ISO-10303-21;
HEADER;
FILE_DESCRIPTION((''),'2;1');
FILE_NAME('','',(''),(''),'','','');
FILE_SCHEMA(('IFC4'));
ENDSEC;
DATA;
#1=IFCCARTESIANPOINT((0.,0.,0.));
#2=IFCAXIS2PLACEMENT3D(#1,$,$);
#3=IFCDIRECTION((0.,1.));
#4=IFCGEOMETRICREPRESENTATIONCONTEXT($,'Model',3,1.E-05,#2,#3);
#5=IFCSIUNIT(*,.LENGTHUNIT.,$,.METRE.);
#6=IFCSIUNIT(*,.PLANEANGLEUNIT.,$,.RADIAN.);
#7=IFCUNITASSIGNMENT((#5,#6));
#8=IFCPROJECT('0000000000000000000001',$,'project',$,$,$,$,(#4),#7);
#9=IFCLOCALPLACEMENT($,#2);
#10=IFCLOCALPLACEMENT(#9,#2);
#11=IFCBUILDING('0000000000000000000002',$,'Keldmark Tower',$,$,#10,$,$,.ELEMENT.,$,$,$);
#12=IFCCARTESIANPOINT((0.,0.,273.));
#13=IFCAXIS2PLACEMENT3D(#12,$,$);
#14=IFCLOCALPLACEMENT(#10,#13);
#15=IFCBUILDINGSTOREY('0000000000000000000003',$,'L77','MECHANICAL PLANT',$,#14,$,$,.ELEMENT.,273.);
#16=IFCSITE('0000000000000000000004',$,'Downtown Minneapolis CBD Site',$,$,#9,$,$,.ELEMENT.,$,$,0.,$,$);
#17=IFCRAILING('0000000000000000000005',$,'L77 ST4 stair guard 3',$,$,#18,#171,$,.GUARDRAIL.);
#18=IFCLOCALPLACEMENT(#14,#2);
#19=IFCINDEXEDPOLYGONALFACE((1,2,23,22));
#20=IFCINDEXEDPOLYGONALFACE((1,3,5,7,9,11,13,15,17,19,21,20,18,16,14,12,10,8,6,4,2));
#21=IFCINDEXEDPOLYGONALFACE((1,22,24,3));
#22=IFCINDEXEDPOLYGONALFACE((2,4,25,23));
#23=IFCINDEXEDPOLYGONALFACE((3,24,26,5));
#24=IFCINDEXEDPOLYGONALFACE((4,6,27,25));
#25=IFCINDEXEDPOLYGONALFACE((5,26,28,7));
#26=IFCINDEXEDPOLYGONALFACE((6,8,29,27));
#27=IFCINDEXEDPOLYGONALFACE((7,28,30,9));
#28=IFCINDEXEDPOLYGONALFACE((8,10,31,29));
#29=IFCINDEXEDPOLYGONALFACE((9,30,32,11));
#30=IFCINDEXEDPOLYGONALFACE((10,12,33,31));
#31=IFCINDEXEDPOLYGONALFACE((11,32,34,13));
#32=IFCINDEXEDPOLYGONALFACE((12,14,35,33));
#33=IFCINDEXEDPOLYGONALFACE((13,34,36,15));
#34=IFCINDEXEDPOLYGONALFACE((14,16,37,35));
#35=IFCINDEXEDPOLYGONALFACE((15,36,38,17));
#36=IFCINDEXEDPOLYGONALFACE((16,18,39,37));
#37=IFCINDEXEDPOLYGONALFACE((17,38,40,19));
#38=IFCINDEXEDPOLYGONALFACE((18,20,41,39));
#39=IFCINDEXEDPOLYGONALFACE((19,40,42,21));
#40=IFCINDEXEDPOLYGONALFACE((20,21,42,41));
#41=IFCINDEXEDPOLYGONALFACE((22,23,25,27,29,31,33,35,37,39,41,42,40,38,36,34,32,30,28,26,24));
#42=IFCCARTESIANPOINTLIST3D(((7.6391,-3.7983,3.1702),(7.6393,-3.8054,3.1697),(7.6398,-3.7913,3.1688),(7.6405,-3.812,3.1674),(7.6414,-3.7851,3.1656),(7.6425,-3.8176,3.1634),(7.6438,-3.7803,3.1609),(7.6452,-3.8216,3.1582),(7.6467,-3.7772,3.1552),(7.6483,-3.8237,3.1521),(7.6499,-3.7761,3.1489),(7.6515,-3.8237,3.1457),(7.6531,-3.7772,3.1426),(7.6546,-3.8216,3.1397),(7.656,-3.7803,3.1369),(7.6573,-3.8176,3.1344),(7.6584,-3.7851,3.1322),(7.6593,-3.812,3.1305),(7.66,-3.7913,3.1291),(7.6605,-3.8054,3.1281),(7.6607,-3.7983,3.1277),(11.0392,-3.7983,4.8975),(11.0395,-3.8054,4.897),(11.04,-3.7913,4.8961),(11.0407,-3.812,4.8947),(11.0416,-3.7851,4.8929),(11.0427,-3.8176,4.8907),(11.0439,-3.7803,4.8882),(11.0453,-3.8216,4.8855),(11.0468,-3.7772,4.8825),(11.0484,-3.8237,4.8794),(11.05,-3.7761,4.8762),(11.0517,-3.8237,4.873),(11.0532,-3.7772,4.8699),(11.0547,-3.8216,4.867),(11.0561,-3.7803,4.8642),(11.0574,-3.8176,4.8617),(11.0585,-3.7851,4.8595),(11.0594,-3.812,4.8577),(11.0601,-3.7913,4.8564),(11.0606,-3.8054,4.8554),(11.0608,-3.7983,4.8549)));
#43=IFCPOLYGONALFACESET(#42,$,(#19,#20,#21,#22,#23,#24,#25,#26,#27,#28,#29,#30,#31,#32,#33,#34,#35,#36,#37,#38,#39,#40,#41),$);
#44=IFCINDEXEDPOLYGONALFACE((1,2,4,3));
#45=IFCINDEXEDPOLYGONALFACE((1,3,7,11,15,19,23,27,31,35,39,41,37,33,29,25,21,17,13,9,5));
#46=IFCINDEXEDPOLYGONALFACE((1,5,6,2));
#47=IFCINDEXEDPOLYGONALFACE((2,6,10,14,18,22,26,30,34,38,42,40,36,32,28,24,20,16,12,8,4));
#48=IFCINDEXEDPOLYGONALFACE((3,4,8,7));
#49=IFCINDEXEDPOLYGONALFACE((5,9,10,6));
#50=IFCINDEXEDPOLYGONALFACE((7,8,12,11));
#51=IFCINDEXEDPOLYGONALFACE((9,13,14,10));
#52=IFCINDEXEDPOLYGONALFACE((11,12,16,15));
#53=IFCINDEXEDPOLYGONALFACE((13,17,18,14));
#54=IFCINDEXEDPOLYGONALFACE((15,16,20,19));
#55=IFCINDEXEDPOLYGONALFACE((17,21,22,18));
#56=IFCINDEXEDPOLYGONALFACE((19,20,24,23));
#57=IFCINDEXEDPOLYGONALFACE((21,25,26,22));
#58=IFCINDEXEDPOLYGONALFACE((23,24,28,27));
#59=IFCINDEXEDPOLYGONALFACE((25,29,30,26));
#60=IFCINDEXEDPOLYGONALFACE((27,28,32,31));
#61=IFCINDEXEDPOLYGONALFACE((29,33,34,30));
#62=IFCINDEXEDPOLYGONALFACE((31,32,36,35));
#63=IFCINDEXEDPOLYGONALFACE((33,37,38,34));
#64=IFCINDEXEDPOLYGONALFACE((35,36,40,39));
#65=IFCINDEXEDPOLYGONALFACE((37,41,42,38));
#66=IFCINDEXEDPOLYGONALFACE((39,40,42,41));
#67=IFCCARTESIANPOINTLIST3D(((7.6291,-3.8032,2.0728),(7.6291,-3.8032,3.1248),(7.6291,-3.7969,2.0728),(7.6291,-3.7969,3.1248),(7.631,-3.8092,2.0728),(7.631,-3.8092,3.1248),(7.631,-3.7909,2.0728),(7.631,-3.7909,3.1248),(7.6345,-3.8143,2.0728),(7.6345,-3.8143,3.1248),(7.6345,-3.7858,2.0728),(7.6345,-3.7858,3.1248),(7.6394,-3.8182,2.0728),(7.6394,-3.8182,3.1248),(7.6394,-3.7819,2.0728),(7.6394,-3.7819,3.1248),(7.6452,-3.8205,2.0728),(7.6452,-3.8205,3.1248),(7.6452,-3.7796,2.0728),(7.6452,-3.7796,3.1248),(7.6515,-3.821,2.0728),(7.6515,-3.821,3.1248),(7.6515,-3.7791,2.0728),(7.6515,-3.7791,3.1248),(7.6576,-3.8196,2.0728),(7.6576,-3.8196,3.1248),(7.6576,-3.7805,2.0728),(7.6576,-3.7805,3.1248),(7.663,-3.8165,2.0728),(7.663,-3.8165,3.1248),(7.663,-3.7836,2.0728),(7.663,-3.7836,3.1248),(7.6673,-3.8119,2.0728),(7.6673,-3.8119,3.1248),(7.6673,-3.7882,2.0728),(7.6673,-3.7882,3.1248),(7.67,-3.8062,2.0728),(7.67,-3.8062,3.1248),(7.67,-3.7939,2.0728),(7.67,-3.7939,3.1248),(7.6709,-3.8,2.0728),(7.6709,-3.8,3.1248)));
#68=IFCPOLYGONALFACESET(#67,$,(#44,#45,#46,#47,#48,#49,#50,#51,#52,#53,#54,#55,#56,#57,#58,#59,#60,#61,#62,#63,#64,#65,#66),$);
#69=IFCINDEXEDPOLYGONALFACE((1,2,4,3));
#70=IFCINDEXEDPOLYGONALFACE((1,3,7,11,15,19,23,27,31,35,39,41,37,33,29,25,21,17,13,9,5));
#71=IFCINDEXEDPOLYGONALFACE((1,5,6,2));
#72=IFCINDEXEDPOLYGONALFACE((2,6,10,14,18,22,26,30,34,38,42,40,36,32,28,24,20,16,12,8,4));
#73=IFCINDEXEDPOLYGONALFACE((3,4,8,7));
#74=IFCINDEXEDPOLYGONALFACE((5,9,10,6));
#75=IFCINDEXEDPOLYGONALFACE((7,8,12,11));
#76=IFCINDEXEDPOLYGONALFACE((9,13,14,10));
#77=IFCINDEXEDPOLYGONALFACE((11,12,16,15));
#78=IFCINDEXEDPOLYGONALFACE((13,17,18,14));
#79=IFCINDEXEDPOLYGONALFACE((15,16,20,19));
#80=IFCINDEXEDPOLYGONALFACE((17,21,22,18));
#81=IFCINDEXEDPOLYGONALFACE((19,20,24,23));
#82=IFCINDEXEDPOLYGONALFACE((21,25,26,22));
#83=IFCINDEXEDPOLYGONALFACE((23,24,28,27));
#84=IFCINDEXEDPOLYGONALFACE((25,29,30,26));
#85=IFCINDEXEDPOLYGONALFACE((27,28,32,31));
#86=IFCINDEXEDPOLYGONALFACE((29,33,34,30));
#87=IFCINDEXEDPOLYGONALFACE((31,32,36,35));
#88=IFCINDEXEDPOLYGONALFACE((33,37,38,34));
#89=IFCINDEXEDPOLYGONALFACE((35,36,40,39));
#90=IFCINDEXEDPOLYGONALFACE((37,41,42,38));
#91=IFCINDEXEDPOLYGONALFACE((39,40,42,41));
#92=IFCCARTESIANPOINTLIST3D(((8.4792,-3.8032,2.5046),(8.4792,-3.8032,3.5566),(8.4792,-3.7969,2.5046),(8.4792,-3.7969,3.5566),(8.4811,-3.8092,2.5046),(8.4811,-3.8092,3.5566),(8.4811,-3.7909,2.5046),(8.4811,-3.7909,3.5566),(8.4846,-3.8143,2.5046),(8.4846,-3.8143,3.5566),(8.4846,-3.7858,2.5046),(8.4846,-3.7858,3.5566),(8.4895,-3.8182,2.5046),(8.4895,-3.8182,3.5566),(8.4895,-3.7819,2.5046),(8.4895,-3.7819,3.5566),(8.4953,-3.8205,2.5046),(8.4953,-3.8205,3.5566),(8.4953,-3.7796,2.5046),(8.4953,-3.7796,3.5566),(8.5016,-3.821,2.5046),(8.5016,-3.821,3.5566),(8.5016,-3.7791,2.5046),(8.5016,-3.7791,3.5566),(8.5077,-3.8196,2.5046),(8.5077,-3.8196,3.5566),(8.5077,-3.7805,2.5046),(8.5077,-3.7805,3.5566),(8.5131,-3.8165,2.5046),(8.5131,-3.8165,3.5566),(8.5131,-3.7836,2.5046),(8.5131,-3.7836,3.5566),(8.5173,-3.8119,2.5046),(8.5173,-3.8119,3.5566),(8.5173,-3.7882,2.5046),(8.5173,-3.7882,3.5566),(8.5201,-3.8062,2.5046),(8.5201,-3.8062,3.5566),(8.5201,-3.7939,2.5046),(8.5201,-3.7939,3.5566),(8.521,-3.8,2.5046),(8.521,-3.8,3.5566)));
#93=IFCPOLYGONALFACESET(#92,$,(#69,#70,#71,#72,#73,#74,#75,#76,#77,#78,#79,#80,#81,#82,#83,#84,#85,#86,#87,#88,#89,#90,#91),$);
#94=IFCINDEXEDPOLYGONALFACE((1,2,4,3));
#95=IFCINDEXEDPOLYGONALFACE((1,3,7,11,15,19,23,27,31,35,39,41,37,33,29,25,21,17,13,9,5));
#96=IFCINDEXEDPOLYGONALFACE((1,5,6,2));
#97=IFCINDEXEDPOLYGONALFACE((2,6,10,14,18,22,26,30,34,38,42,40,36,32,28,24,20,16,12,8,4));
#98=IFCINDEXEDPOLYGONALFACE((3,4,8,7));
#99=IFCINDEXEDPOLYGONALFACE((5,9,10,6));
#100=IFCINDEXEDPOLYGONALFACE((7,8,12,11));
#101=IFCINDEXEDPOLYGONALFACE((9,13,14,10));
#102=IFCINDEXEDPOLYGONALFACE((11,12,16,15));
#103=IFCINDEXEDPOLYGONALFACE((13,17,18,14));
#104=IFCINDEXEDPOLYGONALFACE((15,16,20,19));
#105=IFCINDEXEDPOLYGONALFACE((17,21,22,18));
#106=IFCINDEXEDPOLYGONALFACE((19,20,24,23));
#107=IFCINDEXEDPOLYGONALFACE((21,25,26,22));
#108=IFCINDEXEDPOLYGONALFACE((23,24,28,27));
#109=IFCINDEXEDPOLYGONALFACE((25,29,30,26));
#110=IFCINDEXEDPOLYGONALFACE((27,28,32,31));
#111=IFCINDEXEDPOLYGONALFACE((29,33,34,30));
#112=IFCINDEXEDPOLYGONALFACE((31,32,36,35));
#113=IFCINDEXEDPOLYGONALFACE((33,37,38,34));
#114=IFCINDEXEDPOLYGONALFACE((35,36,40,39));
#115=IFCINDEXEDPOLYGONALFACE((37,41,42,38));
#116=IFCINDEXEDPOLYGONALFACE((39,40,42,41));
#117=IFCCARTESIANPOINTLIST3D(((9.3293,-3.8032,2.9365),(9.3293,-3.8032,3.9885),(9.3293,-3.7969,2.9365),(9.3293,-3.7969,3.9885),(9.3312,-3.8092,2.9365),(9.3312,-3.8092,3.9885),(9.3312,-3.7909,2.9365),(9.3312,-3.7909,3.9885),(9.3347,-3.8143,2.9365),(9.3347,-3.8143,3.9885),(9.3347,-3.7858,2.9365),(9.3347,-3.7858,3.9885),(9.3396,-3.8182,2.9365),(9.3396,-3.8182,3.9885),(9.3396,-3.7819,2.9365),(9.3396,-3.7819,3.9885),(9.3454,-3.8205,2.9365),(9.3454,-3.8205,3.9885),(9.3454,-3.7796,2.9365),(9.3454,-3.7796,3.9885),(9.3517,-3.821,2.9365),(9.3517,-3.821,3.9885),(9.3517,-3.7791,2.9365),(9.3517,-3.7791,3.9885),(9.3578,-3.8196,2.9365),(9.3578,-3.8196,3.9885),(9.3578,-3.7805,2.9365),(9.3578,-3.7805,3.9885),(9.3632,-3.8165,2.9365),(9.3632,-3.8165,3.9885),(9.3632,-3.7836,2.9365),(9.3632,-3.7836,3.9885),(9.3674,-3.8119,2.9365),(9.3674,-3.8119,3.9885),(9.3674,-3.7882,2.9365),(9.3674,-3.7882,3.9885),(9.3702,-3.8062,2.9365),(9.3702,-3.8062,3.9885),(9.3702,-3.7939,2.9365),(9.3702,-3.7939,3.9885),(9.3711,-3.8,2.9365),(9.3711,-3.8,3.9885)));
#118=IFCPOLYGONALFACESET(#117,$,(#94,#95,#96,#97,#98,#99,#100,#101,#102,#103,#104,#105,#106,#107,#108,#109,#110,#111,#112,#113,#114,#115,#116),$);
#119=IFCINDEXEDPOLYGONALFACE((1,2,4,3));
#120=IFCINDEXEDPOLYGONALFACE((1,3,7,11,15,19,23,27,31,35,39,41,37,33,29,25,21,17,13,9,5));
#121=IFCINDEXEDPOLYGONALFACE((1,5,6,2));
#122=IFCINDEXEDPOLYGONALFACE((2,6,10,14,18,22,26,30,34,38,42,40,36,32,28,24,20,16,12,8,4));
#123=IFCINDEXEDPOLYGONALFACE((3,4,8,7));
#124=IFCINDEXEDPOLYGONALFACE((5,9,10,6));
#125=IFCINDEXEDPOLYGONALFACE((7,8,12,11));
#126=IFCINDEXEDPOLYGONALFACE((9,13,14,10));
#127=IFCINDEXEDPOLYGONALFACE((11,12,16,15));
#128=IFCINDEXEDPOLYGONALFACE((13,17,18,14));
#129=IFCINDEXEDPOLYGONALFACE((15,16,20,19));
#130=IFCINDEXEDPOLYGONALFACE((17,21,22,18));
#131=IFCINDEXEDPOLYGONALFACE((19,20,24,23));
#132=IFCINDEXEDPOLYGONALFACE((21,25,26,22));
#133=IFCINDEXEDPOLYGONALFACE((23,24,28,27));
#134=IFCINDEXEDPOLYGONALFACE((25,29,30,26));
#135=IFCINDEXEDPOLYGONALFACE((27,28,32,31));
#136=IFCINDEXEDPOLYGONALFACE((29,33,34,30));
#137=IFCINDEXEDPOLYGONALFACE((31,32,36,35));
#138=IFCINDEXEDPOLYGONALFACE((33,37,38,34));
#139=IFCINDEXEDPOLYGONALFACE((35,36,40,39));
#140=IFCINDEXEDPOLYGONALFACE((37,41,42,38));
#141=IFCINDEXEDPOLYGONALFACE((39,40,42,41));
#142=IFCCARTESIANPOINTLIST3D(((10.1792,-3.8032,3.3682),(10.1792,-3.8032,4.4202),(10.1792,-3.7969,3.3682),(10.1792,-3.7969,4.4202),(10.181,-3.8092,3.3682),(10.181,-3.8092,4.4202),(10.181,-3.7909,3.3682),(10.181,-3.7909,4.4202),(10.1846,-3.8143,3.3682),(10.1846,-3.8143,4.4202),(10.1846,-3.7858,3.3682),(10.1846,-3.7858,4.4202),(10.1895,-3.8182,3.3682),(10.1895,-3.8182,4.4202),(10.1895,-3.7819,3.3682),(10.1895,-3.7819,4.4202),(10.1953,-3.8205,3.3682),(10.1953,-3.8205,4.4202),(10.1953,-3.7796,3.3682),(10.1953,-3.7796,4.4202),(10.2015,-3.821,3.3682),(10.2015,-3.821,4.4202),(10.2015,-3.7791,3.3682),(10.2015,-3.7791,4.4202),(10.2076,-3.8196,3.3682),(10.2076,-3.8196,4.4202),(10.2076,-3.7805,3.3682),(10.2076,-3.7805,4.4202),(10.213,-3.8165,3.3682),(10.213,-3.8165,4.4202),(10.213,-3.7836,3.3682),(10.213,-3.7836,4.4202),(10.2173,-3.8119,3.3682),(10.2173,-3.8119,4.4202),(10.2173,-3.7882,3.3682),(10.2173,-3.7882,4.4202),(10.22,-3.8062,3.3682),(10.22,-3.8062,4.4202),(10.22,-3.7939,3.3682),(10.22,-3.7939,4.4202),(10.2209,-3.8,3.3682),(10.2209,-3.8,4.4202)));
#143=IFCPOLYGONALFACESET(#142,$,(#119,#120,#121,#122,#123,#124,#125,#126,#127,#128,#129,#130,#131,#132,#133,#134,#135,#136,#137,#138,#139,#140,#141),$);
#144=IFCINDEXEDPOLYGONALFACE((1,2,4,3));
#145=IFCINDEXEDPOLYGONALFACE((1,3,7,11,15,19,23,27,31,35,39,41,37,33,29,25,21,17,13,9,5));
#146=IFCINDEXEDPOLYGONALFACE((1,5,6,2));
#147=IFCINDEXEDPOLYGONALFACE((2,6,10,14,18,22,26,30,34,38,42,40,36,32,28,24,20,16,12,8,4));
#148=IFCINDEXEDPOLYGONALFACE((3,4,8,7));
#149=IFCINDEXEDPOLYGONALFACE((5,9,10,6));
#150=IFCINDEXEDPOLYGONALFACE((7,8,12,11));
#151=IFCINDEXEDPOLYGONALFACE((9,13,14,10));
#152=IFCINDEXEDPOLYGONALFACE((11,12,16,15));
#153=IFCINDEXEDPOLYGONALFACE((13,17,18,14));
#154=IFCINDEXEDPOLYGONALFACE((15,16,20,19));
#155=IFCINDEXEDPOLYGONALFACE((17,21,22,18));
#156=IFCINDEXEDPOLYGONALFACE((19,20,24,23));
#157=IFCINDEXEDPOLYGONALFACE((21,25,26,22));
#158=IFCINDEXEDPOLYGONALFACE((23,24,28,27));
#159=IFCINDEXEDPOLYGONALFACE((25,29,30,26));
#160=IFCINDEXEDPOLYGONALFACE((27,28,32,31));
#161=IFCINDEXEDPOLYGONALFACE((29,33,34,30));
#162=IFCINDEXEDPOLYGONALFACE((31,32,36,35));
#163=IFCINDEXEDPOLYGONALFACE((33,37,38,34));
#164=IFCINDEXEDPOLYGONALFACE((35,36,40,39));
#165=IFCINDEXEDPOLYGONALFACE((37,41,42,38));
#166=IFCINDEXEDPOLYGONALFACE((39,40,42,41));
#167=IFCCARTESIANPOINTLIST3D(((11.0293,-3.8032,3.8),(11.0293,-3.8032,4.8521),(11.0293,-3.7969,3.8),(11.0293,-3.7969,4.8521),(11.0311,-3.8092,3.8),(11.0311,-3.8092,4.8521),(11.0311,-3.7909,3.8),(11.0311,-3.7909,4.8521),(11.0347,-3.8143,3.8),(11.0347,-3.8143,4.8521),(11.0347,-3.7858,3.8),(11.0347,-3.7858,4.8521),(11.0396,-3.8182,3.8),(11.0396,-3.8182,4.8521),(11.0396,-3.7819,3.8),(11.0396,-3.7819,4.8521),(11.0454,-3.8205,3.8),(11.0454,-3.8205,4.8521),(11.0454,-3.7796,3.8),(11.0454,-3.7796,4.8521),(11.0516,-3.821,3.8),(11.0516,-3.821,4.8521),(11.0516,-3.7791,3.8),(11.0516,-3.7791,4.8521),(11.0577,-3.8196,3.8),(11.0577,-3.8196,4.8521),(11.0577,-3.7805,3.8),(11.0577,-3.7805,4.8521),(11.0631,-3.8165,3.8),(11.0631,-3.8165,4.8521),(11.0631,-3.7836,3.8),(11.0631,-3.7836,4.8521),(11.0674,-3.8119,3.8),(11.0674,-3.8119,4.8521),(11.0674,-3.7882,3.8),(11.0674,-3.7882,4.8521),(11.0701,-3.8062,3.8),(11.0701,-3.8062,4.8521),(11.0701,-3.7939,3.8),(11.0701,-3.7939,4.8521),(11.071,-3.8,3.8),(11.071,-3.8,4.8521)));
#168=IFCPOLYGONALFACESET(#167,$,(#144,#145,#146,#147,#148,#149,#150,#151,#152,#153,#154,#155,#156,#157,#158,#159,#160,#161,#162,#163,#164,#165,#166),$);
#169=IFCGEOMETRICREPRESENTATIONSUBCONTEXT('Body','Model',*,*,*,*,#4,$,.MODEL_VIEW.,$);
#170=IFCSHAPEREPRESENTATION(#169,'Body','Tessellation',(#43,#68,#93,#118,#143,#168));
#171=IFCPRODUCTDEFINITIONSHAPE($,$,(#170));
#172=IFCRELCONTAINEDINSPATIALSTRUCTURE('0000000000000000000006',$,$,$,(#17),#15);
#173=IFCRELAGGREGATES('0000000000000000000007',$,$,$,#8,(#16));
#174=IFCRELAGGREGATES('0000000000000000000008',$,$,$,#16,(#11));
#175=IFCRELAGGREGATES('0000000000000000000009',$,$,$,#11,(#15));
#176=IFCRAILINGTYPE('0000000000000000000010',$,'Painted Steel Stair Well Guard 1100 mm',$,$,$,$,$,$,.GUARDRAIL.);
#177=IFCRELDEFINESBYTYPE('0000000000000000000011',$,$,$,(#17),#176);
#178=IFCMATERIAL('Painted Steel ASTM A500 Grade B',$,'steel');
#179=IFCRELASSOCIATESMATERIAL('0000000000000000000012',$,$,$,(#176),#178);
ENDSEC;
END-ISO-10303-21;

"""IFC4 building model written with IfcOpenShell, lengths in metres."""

from ifc_helpers import new_model, si_unit, direction, frame, origin, origin_2d, place, context, subcontext, project, spatial, circle, extrude, material, type_object, element, save


model = new_model("IFC4")

# Units and contexts
model_context = context("Model", 3, precision=1e-05, world=origin(), true_north=direction((0.0, 1.0)))
body_context = subcontext(model_context, "Body", "Model", "MODEL_VIEW")
ifc_project = project(units=[si_unit("LENGTHUNIT", "METRE"), si_unit("PLANEANGLEUNIT", "RADIAN")], contexts=[model_context])

# Site, building, storey
site_placement = place(None, origin())
site = spatial("IfcSite", under=ifc_project, at=site_placement, Name="Downtown Minneapolis CBD Site", CompositionType="ELEMENT", RefElevation=0.0)
building_placement = place(site_placement, origin())
building = spatial("IfcBuilding", under=site, at=building_placement, Name="Keldmark Tower", CompositionType="ELEMENT")
storey_placement = place(building_placement, frame((0.0, 0.0, 273.0)))
storey = spatial("IfcBuildingStorey", under=building, at=storey_placement, Name="L77", Description="MECHANICAL PLANT", CompositionType="ELEMENT", Elevation=273.0)

# Railing
ifc_material_1 = material(Name="Painted Steel ASTM A500 Grade B", Category="steel")
railing_type_1 = type_object("IfcRailingType", Name="Painted Steel Stair Well Guard 1100 mm", PredefinedType="GUARDRAIL", material=ifc_material_1)
railing_1_placement = place(storey_placement, frame((7.6499, -3.8, 2.0728)))
element("IfcRailing", 1, at=railing_1_placement, inside=storey, type_object=railing_type_1, Name="L77 ST4 stair guard 3", PredefinedType="GUARDRAIL", context=body_context, shape_type="SweptSolid", body=[
    extrude(circle(Radius=0.0239, at=origin_2d()), frame((0.0, 0.0, 1.0762), z_axis=(0.891554, 0.0, 0.452915), x_axis=(0.0, 1.0, 0.0)), (0.0, 0.0, 1.0), 3.8137),
    extrude(circle(Radius=0.021, at=origin_2d()), origin(), (0.0, 0.0, 1.0), 1.052),
    extrude(circle(Radius=0.021, at=origin_2d()), frame((0.8501, 0.0, 0.4319)), (0.0, 0.0, 1.0), 1.052),
    extrude(circle(Radius=0.021, at=origin_2d()), frame((1.7002, 0.0, 0.8638)), (0.0, 0.0, 1.0), 1.052),
    extrude(circle(Radius=0.021, at=origin_2d()), frame((2.55, 0.0, 1.2954)), (0.0, 0.0, 1.0), 1.052),
    extrude(circle(Radius=0.021, at=origin_2d()), frame((3.4001, 0.0, 1.7273)), (0.0, 0.0, 1.0), 1.052),
])

save(model, "model.ifc")
